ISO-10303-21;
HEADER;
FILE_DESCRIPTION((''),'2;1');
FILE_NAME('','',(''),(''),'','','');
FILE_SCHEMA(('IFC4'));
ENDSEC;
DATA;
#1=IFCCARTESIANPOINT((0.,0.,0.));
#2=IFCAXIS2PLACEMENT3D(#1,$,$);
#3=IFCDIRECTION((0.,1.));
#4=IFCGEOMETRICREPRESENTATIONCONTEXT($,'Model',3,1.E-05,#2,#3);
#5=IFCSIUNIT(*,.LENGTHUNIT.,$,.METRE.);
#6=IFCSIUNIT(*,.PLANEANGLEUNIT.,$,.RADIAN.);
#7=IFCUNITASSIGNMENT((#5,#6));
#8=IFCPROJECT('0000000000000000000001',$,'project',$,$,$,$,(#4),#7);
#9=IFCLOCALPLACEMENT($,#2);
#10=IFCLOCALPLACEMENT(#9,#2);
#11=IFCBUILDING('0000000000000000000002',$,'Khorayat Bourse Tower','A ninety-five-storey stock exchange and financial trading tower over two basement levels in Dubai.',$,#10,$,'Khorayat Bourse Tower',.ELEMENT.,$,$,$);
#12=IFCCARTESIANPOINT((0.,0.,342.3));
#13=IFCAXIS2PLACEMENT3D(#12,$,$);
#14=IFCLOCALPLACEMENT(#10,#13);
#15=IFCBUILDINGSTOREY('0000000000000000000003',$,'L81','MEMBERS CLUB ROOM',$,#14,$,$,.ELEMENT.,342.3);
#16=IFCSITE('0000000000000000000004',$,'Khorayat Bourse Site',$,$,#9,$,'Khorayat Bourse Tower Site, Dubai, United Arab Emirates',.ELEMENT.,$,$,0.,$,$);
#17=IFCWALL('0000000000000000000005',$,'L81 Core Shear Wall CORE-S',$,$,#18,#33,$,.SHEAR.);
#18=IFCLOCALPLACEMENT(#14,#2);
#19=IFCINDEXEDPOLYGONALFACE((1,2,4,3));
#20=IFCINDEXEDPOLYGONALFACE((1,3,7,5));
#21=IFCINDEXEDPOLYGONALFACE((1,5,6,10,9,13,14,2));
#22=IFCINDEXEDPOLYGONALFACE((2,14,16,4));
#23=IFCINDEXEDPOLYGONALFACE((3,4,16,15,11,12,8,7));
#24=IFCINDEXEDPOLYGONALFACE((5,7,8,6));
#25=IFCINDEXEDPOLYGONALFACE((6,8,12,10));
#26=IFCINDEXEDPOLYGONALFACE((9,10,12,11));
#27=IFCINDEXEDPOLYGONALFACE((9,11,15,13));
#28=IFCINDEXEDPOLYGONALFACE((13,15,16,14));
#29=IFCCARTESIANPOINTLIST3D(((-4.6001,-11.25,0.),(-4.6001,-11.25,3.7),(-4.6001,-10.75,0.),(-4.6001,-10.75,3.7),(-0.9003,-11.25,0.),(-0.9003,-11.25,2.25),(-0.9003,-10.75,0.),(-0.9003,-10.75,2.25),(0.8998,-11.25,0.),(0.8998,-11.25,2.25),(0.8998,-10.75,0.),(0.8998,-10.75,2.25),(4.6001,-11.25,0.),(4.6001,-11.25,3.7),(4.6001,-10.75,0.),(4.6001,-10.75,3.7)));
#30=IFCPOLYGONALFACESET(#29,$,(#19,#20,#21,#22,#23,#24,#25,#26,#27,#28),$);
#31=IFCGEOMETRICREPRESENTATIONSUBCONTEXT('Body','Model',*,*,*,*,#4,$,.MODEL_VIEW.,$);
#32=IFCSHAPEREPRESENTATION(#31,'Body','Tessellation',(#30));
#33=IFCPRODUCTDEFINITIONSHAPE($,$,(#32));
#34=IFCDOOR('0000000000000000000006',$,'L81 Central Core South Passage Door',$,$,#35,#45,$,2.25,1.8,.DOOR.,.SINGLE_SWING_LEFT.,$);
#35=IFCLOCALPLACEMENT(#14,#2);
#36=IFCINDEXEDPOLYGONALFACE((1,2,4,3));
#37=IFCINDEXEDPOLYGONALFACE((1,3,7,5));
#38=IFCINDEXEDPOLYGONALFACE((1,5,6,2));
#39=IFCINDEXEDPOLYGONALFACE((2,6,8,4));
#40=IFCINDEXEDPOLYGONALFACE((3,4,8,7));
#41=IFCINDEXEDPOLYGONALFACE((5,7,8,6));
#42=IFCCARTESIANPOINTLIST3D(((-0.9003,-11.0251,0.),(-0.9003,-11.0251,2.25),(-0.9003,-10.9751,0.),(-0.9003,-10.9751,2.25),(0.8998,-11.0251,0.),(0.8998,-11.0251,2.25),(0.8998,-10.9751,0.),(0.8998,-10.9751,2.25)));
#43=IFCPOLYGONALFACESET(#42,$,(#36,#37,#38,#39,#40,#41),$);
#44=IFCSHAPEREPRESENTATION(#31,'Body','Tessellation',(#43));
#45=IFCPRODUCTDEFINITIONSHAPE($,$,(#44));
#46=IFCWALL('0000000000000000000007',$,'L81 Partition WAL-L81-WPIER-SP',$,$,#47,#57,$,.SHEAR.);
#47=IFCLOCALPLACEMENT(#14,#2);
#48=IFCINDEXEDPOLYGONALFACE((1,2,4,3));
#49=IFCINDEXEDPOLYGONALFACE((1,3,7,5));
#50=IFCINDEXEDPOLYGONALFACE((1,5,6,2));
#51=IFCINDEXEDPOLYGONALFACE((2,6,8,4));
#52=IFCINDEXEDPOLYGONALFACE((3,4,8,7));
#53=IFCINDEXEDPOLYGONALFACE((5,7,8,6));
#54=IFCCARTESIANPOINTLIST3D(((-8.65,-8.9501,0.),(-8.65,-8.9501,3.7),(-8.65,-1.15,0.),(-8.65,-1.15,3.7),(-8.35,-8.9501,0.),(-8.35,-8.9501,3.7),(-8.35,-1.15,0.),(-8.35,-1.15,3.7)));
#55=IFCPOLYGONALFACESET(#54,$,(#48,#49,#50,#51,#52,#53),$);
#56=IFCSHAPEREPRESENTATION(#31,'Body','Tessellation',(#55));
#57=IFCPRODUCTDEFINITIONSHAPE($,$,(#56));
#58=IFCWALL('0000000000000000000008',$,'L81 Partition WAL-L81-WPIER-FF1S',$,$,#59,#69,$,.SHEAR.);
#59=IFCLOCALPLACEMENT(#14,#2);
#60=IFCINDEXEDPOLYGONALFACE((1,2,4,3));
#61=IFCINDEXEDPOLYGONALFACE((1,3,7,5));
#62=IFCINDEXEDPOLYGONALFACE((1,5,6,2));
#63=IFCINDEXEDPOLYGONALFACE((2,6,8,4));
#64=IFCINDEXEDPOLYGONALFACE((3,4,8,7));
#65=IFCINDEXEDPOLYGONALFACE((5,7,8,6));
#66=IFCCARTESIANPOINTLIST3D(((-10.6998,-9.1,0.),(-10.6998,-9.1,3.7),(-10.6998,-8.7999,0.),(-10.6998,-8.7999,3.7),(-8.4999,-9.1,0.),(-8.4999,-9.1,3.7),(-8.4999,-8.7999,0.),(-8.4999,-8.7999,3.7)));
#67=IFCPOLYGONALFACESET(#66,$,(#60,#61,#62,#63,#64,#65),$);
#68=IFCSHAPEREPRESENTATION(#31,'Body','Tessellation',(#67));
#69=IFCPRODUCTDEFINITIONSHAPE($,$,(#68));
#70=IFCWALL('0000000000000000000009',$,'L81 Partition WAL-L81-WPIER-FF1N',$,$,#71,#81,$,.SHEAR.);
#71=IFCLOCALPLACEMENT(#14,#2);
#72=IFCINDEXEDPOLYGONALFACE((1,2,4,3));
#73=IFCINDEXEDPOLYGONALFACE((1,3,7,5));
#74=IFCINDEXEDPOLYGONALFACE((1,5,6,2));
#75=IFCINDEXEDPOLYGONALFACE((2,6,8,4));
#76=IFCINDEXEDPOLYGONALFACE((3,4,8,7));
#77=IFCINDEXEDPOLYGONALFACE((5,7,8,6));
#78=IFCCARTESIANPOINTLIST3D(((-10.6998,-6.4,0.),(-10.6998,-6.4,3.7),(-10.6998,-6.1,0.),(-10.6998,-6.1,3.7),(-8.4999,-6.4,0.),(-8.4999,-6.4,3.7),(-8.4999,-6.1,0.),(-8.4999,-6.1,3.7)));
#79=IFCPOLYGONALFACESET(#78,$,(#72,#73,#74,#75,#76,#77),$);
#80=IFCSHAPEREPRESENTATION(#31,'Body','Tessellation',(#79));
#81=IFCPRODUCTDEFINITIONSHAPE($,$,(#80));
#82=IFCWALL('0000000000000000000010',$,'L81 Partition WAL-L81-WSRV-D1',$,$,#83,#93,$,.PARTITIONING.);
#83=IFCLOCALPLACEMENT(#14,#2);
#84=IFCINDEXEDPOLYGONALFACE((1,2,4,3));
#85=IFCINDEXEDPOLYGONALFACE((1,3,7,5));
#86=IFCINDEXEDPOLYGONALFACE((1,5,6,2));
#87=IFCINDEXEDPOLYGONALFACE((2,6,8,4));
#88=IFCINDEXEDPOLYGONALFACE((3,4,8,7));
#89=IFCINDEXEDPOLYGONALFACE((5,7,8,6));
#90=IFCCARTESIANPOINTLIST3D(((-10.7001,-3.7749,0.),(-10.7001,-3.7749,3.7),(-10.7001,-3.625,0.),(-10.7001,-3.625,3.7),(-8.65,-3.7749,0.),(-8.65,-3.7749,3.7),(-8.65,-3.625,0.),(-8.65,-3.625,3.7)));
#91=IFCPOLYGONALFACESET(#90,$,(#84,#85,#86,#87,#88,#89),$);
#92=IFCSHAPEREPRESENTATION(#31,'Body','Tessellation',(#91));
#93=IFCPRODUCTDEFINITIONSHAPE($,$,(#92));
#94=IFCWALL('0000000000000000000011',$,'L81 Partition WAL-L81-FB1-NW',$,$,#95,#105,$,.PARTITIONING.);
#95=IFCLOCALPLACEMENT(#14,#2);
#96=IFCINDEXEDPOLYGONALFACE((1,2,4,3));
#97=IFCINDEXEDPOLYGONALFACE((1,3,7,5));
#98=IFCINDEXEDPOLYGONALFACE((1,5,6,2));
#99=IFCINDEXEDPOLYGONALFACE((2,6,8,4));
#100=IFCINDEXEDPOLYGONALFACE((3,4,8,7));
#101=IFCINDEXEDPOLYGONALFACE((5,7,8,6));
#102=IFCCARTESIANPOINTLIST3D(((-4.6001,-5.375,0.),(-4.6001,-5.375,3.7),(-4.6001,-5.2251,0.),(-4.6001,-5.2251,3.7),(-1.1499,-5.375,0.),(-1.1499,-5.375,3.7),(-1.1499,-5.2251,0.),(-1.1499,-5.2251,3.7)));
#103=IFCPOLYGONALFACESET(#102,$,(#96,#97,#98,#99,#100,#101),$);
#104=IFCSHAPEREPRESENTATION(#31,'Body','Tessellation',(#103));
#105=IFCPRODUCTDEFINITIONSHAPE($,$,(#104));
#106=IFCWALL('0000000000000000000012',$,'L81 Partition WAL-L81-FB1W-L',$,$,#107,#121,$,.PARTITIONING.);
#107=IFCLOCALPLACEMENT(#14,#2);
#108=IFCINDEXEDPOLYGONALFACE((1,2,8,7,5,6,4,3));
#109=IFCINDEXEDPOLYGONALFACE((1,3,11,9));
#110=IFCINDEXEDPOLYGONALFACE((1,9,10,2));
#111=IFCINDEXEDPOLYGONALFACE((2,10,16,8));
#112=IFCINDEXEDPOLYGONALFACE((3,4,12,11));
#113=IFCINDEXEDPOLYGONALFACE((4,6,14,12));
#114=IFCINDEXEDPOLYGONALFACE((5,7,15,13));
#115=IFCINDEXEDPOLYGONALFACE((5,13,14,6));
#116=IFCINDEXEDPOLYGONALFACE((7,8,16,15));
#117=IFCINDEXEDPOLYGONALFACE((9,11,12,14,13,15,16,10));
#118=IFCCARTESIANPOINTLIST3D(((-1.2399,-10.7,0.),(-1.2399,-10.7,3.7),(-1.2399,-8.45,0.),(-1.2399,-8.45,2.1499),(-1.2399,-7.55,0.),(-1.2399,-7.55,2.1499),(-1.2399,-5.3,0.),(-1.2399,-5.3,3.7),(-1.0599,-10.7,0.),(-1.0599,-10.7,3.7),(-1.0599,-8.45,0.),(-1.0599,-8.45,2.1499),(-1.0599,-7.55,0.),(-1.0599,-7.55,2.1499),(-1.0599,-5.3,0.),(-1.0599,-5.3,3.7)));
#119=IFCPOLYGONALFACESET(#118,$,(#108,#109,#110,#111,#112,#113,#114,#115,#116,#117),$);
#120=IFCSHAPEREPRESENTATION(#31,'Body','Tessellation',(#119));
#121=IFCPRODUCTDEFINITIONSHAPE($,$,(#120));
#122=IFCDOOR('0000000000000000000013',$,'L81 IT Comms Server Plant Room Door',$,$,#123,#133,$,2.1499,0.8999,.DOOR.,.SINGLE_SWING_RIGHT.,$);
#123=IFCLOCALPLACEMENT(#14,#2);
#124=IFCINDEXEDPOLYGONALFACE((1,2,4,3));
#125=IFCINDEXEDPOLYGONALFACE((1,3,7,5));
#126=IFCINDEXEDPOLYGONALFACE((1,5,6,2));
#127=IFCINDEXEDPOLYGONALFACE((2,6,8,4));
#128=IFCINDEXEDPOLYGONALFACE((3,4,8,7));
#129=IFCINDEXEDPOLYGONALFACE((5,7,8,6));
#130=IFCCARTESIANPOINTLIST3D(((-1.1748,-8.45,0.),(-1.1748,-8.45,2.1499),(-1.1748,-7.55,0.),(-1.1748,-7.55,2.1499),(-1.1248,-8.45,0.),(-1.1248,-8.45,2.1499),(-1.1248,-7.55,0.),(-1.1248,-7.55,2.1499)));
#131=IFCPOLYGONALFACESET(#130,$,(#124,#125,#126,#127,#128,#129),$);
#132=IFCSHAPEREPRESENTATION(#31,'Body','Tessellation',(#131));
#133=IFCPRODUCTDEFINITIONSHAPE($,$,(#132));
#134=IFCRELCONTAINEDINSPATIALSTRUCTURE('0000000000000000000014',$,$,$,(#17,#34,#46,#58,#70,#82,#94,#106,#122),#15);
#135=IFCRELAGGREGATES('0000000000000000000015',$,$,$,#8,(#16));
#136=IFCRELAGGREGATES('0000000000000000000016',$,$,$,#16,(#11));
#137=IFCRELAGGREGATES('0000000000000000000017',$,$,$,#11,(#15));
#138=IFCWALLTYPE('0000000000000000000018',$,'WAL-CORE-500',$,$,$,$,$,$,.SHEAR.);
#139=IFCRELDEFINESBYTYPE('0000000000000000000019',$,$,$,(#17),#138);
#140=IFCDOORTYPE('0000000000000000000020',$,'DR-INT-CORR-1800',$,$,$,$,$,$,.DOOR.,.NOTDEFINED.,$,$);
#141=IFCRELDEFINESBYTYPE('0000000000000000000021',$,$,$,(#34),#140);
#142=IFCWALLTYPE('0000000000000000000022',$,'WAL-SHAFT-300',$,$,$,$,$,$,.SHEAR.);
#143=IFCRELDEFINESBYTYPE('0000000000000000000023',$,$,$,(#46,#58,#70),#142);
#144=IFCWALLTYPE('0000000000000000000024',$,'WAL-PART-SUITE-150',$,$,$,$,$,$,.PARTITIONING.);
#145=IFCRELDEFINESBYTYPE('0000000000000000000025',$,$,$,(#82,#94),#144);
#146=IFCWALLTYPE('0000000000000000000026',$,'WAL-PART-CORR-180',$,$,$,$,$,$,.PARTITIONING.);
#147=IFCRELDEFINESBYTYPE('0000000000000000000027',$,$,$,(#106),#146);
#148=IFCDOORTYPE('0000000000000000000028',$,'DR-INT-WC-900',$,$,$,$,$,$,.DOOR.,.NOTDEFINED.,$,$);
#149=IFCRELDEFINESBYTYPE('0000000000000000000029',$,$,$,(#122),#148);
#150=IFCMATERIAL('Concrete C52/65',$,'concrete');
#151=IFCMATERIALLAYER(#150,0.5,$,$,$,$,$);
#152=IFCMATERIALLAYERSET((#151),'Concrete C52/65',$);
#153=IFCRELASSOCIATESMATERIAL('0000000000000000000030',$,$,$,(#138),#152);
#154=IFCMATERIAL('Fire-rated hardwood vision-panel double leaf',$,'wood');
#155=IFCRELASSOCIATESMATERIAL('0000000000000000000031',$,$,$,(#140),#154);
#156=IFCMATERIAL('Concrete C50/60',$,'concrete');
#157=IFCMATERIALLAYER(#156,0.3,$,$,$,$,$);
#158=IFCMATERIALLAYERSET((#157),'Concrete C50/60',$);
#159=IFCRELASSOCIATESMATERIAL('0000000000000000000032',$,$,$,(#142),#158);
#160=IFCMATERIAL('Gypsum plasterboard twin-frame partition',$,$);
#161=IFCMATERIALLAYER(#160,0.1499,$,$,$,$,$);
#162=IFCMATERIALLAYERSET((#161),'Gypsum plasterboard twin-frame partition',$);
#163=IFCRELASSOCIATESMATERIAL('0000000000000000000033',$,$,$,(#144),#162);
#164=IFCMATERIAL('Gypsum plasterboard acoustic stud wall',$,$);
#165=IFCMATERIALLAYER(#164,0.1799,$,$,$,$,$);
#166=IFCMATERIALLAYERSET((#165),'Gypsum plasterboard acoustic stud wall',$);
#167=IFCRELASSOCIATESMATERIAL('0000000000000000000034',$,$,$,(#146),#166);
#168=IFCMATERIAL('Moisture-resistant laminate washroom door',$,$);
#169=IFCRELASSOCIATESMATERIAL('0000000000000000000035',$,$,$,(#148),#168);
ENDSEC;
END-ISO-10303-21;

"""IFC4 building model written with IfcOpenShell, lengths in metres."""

from ifc_helpers import new_model, si_unit, direction, frame, frame_2d, origin, place, context, subcontext, project, spatial, rectangle, extrude, source, transform, mapped, material, layer, layer_set, type_object, element, fill, save


model = new_model("IFC4")

# Units and contexts
model_context = context("Model", 3, precision=1e-05, world=origin(), true_north=direction((0.0, 1.0)))
body_context = subcontext(model_context, "Body", "Model", "MODEL_VIEW")
ifc_project = project(units=[si_unit("LENGTHUNIT", "METRE"), si_unit("PLANEANGLEUNIT", "RADIAN")], contexts=[model_context])

# Site, building, storey
site_placement = place(None, origin())
site = spatial("IfcSite", under=ifc_project, at=site_placement, Name="Khorayat Bourse Site", LongName="Khorayat Bourse Tower Site, Dubai, United Arab Emirates", CompositionType="ELEMENT", RefElevation=0.0)
building_placement = place(site_placement, origin())
building = spatial("IfcBuilding", under=site, at=building_placement, Name="Khorayat Bourse Tower", Description="A ninety-five-storey stock exchange and financial trading tower over two basement levels in Dubai.", LongName="Khorayat Bourse Tower", CompositionType="ELEMENT")
storey_placement = place(building_placement, frame((0.0, 0.0, 342.3)))
storey = spatial("IfcBuildingStorey", under=building, at=storey_placement, Name="L81", Description="MEMBERS CLUB ROOM", CompositionType="ELEMENT", Elevation=342.3)

# Shared definitions
ifc_material_1 = material(Name="Concrete C52/65", Category="concrete")

# Shared definitions
ifc_layer_1 = layer(ifc_material_1, 0.5)
ifc_layer_set_1 = layer_set([ifc_layer_1], Name="Concrete C52/65")
wall_type_1 = type_object("IfcWallType", Name="WAL-CORE-500", PredefinedType="SHEAR", material=ifc_layer_set_1)

# Wall, opening, door
shared_shape_1 = source(origin(), body_context, "Body", "SweptSolid", [
    extrude(rectangle(XDim=9.2002, YDim=0.5, at=frame_2d((4.6001, 0.0))), origin(), (0.0, 0.0, 1.0), 3.7),
])
wall_1_placement = place(storey_placement, frame((-4.6001, -11.0, 0.0), z_axis=(0.0, 0.0, 1.0), x_axis=(1.0, 0.0, 0.0)))
wall_1 = element("IfcWall", 1, at=wall_1_placement, inside=storey, type_object=wall_type_1, Name="L81 Core Shear Wall CORE-S", PredefinedType="SHEAR", context=body_context, shape_type="MappedRepresentation", body=[
    mapped(shared_shape_1, transform((0.0, 0.0, 0.0), scale=1.0)),
])
shared_shape_2 = source(origin(), body_context, "Body", "SweptSolid", [
    extrude(rectangle(XDim=1.8, YDim=2.25, at=frame_2d((0.8999, 1.125))), frame((0.0, 0.26, 0.0), z_axis=(0.0, -1.0, 0.0), x_axis=(1.0, 0.0, 0.0)), (0.0, 0.0, 1.0), 0.52),
])
opening_1_placement = place(wall_1_placement, frame((3.7, 0.0, 0.0)))
opening_1 = element("IfcOpeningElement", 2, at=opening_1_placement, cuts=wall_1, PredefinedType="OPENING", context=body_context, shape_type="MappedRepresentation", body=[
    mapped(shared_shape_2, transform((0.0, 0.0, 0.0), scale=1.0)),
])
ifc_material_2 = material(Name="Fire-rated hardwood vision-panel double leaf", Category="wood")
door_type_1 = type_object("IfcDoorType", Name="DR-INT-CORR-1800", OperationType="NOTDEFINED", PredefinedType="DOOR", material=ifc_material_2)
shared_shape_3 = source(origin(), body_context, "Body", "SweptSolid", [
    extrude(rectangle(XDim=1.8, YDim=2.25, at=frame_2d((0.8999, 1.125))), frame((0.0, 0.0249, 0.0), z_axis=(0.0, -1.0, 0.0), x_axis=(1.0, 0.0, 0.0)), (0.0, 0.0, 1.0), 0.05),
])
door_1_placement = place(opening_1_placement, origin())
door_1 = element("IfcDoor", 3, at=door_1_placement, inside=storey, type_object=door_type_1, Name="L81 Central Core South Passage Door", OperationType="SINGLE_SWING_LEFT", OverallHeight=2.25, OverallWidth=1.8, PredefinedType="DOOR", context=body_context, shape_type="MappedRepresentation", body=[
    mapped(shared_shape_3, transform((0.0, 0.0, 0.0), scale=1.0)),
])
fill(opening_1, door_1)

# Walls
ifc_material_3 = material(Name="Concrete C50/60", Category="concrete")
ifc_layer_2 = layer(ifc_material_3, 0.3)
ifc_layer_set_2 = layer_set([ifc_layer_2], Name="Concrete C50/60")
wall_type_2 = type_object("IfcWallType", Name="WAL-SHAFT-300", PredefinedType="SHEAR", material=ifc_layer_set_2)
shared_shape_4 = source(origin(), body_context, "Body", "SweptSolid", [
    extrude(rectangle(XDim=7.8, YDim=0.3, at=frame_2d((3.8999, 0.0))), origin(), (0.0, 0.0, 1.0), 3.7),
])
wall_2_placement = place(storey_placement, frame((-8.5, -8.95, 0.0), z_axis=(0.0, 0.0, 1.0), x_axis=(0.0, 1.0, 0.0)))
element("IfcWall", 4, at=wall_2_placement, inside=storey, type_object=wall_type_2, Name="L81 Partition WAL-L81-WPIER-SP", PredefinedType="SHEAR", context=body_context, shape_type="MappedRepresentation", body=[
    mapped(shared_shape_4, transform((0.0, 0.0, 0.0), scale=1.0)),
])
shared_shape_5 = source(origin(), body_context, "Body", "SweptSolid", [
    extrude(rectangle(XDim=2.2, YDim=0.3, at=frame_2d((1.1001, 0.0))), origin(), (0.0, 0.0, 1.0), 3.7),
])
for number, where, z_axis, x_axis, name in (
    (5, (-10.7, -8.95, 0.0), (0.0, 0.0, 1.0), (1.0, 0.0, 0.0), "L81 Partition WAL-L81-WPIER-FF1S"),
    (6, (-10.7, -6.25, 0.0), (0.0, 0.0, 1.0), (1.0, 0.0, 0.0), "L81 Partition WAL-L81-WPIER-FF1N"),
):
    element("IfcWall", number, at=place(storey_placement, frame(where, z_axis=z_axis, x_axis=x_axis)), inside=storey, type_object=wall_type_2, Name=name, PredefinedType="SHEAR", context=body_context, shape_type="MappedRepresentation", body=[
        mapped(shared_shape_5, transform((0.0, 0.0, 0.0), scale=1.0)),
    ])
ifc_material_4 = material(Name="Gypsum plasterboard twin-frame partition")
ifc_layer_3 = layer(ifc_material_4, 0.1499)
ifc_layer_set_3 = layer_set([ifc_layer_3], Name="Gypsum plasterboard twin-frame partition")
wall_type_3 = type_object("IfcWallType", Name="WAL-PART-SUITE-150", PredefinedType="PARTITIONING", material=ifc_layer_set_3)
shared_shape_6 = source(origin(), body_context, "Body", "SweptSolid", [
    extrude(rectangle(XDim=2.05, YDim=0.1499, at=frame_2d((1.0249, 0.0))), origin(), (0.0, 0.0, 1.0), 3.7),
])
wall_3_placement = place(storey_placement, frame((-10.7, -3.7, 0.0), z_axis=(0.0, 0.0, 1.0), x_axis=(1.0, 0.0, 0.0)))
element("IfcWall", 7, at=wall_3_placement, inside=storey, type_object=wall_type_3, Name="L81 Partition WAL-L81-WSRV-D1", PredefinedType="PARTITIONING", context=body_context, shape_type="MappedRepresentation", body=[
    mapped(shared_shape_6, transform((0.0, 0.0, 0.0), scale=1.0)),
])
shared_shape_7 = source(origin(), body_context, "Body", "SweptSolid", [
    extrude(rectangle(XDim=3.4502, YDim=0.1499, at=frame_2d((1.7251, 0.0))), origin(), (0.0, 0.0, 1.0), 3.7),
])
wall_4_placement = place(storey_placement, frame((-4.6001, -5.3, 0.0), z_axis=(0.0, 0.0, 1.0), x_axis=(1.0, 0.0, 0.0)))
element("IfcWall", 8, at=wall_4_placement, inside=storey, type_object=wall_type_3, Name="L81 Partition WAL-L81-FB1-NW", PredefinedType="PARTITIONING", context=body_context, shape_type="MappedRepresentation", body=[
    mapped(shared_shape_7, transform((0.0, 0.0, 0.0), scale=1.0)),
])

# Wall, opening, door
ifc_material_5 = material(Name="Gypsum plasterboard acoustic stud wall")
ifc_layer_4 = layer(ifc_material_5, 0.1799)
ifc_layer_set_4 = layer_set([ifc_layer_4], Name="Gypsum plasterboard acoustic stud wall")
wall_type_4 = type_object("IfcWallType", Name="WAL-PART-CORR-180", PredefinedType="PARTITIONING", material=ifc_layer_set_4)
shared_shape_8 = source(origin(), body_context, "Body", "SweptSolid", [
    extrude(rectangle(XDim=5.3999, YDim=0.1799, at=frame_2d((2.7, 0.0))), origin(), (0.0, 0.0, 1.0), 3.7),
])
wall_5_placement = place(storey_placement, frame((-1.1499, -10.7, 0.0), z_axis=(0.0, 0.0, 1.0), x_axis=(0.0, 1.0, 0.0)))
wall_5 = element("IfcWall", 9, at=wall_5_placement, inside=storey, type_object=wall_type_4, Name="L81 Partition WAL-L81-FB1W-L", PredefinedType="PARTITIONING", context=body_context, shape_type="MappedRepresentation", body=[
    mapped(shared_shape_8, transform((0.0, 0.0, 0.0), scale=1.0)),
])
shared_shape_9 = source(origin(), body_context, "Body", "SweptSolid", [
    extrude(rectangle(XDim=0.8999, YDim=2.1499, at=frame_2d((0.45, 1.075))), frame((0.0, 0.0999, 0.0), z_axis=(0.0, -1.0, 0.0), x_axis=(1.0, 0.0, 0.0)), (0.0, 0.0, 1.0), 0.2),
])
opening_2_placement = place(wall_5_placement, frame((2.25, 0.0, 0.0)))
opening_2 = element("IfcOpeningElement", 10, at=opening_2_placement, cuts=wall_5, PredefinedType="OPENING", context=body_context, shape_type="MappedRepresentation", body=[
    mapped(shared_shape_9, transform((0.0, 0.0, 0.0), scale=1.0)),
])
ifc_material_6 = material(Name="Moisture-resistant laminate washroom door")
door_type_2 = type_object("IfcDoorType", Name="DR-INT-WC-900", OperationType="NOTDEFINED", PredefinedType="DOOR", material=ifc_material_6)
shared_shape_10 = source(origin(), body_context, "Body", "SweptSolid", [
    extrude(rectangle(XDim=0.8999, YDim=2.1499, at=frame_2d((0.45, 1.075))), frame((0.0, 0.0249, 0.0), z_axis=(0.0, -1.0, 0.0), x_axis=(1.0, 0.0, 0.0)), (0.0, 0.0, 1.0), 0.05),
])
door_2_placement = place(opening_2_placement, origin())
door_2 = element("IfcDoor", 11, at=door_2_placement, inside=storey, type_object=door_type_2, Name="L81 IT Comms Server Plant Room Door", OperationType="SINGLE_SWING_RIGHT", OverallHeight=2.1499, OverallWidth=0.8999, PredefinedType="DOOR", context=body_context, shape_type="MappedRepresentation", body=[
    mapped(shared_shape_10, transform((0.0, 0.0, 0.0), scale=1.0)),
])
fill(opening_2, door_2)

save(model, "model.ifc")
